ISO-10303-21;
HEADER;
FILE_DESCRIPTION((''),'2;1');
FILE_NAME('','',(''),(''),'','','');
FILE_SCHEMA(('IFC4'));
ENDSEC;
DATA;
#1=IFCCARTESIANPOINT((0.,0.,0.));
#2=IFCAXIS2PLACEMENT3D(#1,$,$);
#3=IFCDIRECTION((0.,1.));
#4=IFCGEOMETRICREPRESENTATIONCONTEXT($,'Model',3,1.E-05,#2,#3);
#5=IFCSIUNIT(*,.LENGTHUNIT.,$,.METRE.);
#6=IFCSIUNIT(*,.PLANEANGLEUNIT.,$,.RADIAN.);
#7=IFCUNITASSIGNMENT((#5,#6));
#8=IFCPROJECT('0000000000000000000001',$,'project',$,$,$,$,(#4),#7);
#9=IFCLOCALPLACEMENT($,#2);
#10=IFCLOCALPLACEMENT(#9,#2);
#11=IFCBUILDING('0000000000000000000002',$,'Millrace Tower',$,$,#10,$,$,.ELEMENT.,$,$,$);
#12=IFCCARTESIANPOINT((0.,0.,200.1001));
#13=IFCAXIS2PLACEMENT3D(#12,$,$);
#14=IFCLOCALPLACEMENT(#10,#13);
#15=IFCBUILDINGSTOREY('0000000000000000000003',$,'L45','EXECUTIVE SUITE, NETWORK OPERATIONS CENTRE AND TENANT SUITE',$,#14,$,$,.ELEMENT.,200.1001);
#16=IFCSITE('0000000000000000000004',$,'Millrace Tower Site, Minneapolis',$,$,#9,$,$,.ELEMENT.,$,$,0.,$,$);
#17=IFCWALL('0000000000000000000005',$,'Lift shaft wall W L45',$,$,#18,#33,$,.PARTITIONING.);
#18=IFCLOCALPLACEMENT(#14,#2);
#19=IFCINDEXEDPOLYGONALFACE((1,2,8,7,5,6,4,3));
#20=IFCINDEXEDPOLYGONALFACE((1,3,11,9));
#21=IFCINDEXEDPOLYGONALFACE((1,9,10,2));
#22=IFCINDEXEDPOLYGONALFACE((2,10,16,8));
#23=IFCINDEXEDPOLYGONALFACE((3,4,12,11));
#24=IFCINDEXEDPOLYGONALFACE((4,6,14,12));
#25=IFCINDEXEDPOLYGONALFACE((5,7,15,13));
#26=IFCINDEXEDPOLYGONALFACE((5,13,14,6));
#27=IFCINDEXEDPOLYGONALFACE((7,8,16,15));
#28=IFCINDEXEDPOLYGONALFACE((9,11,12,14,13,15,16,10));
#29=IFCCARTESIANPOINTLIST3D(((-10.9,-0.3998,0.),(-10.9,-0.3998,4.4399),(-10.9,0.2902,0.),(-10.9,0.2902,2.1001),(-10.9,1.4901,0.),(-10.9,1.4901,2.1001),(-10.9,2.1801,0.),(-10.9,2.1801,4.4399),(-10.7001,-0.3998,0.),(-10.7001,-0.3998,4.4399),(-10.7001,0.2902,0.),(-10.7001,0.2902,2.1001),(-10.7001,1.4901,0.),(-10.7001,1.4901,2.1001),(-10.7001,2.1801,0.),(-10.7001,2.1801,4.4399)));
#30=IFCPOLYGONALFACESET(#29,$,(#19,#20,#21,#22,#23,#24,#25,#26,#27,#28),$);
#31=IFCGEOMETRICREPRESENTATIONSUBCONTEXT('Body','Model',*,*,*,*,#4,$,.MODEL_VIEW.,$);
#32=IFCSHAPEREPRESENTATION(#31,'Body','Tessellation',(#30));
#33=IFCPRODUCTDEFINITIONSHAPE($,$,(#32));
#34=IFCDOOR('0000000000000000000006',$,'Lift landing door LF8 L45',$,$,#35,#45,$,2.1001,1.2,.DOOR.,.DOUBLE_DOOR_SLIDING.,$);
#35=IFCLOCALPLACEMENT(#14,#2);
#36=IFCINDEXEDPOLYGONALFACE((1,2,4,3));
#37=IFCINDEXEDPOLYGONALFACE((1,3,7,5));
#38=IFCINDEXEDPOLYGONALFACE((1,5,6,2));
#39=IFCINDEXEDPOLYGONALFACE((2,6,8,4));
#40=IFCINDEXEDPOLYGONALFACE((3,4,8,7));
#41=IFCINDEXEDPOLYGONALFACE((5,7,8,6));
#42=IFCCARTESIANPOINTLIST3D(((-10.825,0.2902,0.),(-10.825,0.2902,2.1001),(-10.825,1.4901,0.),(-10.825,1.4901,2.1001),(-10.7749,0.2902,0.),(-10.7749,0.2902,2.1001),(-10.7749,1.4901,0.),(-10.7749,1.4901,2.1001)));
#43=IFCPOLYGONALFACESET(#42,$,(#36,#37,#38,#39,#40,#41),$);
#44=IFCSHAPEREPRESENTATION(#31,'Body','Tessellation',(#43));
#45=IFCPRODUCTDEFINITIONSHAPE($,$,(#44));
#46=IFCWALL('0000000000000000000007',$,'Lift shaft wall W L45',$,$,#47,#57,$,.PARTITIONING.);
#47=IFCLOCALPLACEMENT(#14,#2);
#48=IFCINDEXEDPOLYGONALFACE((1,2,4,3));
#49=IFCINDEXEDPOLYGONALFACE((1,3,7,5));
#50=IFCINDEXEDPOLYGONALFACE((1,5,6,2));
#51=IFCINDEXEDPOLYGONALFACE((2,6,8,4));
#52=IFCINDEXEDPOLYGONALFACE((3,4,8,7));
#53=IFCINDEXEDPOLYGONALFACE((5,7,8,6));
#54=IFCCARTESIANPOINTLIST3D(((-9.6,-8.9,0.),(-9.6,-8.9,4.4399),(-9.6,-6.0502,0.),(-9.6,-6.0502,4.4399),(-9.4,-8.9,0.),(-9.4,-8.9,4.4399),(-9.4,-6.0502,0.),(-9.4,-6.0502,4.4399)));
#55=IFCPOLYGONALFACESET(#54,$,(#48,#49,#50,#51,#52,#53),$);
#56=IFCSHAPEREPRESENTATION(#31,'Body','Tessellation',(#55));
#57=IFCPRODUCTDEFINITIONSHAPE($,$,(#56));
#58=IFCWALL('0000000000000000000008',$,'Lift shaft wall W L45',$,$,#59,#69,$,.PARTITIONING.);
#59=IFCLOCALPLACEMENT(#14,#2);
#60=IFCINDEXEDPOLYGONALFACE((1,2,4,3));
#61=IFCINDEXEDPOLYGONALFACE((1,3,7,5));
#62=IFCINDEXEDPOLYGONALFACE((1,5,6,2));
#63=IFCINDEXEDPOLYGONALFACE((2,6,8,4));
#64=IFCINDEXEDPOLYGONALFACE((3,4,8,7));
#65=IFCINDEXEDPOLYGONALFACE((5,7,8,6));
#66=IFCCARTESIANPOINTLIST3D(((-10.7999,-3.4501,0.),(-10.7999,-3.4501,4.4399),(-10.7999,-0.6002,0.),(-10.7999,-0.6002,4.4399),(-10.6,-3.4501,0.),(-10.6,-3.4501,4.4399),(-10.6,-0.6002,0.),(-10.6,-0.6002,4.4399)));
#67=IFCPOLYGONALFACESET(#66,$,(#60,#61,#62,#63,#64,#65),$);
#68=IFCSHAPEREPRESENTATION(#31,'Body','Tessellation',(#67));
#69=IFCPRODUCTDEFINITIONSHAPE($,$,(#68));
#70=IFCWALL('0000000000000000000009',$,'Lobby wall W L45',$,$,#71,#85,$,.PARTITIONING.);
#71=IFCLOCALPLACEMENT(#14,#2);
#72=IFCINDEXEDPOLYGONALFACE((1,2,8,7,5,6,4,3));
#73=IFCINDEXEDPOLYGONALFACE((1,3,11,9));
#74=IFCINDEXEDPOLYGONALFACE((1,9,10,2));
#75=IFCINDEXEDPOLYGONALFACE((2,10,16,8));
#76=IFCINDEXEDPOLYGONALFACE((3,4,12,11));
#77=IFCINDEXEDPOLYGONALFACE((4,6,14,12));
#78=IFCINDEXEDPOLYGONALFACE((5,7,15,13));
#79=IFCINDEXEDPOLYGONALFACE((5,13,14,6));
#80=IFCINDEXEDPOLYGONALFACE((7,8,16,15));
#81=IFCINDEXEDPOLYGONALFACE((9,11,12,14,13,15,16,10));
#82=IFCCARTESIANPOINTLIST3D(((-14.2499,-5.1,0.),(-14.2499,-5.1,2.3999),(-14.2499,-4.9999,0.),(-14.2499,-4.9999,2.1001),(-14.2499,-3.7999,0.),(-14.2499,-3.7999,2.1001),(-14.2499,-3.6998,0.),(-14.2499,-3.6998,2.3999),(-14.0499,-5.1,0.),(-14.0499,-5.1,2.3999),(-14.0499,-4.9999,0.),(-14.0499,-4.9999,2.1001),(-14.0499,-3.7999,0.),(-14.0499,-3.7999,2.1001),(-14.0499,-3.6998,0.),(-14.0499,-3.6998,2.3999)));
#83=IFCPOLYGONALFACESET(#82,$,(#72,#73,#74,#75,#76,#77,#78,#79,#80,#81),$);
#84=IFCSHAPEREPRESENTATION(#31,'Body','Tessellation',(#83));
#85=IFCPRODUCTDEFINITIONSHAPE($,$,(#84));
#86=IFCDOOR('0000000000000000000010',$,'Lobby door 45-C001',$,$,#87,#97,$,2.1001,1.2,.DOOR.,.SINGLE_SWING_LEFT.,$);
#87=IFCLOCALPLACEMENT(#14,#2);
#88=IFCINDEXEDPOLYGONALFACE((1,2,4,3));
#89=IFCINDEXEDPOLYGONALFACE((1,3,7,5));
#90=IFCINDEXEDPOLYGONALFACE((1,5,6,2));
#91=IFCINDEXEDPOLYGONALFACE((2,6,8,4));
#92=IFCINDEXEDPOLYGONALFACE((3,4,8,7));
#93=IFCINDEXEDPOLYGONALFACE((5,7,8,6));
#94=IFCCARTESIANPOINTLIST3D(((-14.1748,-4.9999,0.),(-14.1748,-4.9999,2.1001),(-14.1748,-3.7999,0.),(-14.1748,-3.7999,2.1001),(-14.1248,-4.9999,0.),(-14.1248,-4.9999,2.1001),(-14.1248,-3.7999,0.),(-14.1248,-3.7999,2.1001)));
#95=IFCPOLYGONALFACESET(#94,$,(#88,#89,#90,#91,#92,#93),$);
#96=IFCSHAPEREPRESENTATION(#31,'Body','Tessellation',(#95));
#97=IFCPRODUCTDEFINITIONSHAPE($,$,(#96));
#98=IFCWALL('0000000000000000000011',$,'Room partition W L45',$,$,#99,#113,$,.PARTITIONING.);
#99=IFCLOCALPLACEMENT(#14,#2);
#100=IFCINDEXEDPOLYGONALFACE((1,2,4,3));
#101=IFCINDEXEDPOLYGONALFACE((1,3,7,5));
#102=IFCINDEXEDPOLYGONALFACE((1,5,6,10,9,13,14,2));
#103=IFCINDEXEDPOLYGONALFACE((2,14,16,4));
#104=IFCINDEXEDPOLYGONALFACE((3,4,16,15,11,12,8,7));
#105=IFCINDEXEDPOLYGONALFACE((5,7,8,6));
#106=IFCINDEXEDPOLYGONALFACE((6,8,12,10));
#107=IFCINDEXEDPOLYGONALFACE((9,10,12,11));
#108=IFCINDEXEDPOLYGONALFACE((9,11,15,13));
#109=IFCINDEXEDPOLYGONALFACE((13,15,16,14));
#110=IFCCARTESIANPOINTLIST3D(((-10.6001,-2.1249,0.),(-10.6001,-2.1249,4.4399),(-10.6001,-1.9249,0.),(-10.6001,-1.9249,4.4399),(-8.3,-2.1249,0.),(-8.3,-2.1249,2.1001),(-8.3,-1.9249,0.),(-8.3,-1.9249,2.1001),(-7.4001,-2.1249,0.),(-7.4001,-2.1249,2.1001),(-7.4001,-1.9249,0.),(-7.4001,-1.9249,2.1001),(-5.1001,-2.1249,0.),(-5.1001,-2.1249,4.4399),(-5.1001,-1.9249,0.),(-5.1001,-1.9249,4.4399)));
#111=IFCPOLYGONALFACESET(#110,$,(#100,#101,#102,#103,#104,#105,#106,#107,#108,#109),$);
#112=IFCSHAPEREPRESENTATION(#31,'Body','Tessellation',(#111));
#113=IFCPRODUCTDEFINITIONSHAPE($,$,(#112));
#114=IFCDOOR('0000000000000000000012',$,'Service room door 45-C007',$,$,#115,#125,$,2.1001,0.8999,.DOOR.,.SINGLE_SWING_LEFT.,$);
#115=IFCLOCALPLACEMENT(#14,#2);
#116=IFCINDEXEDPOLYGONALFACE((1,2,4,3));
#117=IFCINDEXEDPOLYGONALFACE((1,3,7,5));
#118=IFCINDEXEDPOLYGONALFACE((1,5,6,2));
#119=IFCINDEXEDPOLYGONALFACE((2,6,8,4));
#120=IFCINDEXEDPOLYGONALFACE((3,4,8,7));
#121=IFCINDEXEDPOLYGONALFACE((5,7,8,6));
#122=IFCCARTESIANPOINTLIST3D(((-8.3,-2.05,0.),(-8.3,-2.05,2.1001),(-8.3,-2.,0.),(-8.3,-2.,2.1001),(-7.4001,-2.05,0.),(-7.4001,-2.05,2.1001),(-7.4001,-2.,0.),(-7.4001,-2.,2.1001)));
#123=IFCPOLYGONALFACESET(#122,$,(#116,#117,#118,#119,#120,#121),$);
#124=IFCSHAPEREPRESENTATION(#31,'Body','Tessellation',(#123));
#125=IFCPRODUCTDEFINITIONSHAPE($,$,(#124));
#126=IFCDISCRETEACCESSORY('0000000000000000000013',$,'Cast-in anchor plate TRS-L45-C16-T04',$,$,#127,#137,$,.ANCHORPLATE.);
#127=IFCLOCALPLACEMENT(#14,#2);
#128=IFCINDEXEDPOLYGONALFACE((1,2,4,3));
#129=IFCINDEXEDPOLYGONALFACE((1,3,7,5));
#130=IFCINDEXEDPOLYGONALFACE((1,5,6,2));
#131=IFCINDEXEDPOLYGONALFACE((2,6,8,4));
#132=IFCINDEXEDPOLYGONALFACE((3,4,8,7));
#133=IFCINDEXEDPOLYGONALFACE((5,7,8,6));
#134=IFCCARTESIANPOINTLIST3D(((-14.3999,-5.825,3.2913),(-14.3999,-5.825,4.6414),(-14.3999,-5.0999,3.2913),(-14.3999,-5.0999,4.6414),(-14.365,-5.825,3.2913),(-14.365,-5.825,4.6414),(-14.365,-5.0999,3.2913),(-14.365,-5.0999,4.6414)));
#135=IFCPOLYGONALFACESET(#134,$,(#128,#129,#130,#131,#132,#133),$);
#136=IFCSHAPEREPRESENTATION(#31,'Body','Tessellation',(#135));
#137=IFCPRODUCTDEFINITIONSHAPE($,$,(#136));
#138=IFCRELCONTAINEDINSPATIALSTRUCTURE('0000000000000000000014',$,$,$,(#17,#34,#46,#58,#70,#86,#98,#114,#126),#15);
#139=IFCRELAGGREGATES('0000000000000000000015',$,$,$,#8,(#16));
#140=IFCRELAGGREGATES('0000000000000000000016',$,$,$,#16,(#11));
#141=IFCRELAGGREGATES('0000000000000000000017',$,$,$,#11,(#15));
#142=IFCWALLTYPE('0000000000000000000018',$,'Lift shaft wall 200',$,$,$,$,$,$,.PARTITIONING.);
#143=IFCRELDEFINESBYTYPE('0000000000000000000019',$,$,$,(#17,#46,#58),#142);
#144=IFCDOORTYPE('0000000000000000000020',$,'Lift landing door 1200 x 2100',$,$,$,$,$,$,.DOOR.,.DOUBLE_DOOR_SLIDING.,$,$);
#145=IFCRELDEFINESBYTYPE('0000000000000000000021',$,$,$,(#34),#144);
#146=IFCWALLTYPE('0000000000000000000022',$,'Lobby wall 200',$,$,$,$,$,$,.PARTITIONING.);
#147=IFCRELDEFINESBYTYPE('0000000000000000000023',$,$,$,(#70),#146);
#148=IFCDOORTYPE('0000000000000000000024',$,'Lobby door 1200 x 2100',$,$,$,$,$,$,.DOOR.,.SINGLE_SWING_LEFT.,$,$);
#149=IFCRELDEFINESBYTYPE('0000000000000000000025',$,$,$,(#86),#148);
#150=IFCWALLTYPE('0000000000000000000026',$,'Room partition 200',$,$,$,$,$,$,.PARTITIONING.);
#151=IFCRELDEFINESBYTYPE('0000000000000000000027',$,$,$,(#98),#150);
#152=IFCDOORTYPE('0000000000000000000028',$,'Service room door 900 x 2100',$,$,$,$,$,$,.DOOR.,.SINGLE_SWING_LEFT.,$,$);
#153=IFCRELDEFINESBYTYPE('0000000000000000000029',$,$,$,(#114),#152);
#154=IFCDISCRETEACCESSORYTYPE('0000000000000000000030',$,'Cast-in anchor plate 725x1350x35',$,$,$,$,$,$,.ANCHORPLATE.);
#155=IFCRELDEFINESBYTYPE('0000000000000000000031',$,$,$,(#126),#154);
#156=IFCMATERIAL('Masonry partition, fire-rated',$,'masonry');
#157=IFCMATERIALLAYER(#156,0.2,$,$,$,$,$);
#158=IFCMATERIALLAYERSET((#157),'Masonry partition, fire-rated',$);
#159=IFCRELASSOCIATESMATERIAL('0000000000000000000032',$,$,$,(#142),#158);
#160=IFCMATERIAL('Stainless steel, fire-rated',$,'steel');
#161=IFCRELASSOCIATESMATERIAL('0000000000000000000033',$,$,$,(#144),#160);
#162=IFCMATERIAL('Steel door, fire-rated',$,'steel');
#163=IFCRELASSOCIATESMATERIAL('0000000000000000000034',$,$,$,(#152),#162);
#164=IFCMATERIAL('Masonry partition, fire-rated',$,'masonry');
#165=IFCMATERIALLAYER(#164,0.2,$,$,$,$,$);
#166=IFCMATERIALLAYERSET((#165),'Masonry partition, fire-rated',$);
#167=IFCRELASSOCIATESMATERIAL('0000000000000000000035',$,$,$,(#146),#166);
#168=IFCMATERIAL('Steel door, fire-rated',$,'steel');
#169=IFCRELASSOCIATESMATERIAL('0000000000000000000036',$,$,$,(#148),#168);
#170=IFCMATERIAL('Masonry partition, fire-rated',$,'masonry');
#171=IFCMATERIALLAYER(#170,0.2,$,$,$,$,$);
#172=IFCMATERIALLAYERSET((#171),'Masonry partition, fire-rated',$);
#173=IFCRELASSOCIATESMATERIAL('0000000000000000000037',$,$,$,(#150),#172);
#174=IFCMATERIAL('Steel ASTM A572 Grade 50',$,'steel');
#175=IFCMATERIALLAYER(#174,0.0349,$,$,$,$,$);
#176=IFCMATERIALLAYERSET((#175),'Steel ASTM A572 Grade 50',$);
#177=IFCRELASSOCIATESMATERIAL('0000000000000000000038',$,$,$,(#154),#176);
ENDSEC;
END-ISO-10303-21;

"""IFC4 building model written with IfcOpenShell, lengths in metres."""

from ifc_helpers import new_model, si_unit, direction, frame, frame_2d, origin, origin_2d, place, context, subcontext, project, spatial, rectangle, extrude, material, layer, layer_set, type_object, element, fill, save


model = new_model("IFC4")

# Units and contexts
model_context = context("Model", 3, precision=1e-05, world=origin(), true_north=direction((0.0, 1.0)))
body_context = subcontext(model_context, "Body", "Model", "MODEL_VIEW")
ifc_project = project(units=[si_unit("LENGTHUNIT", "METRE"), si_unit("PLANEANGLEUNIT", "RADIAN")], contexts=[model_context])

# Site, building, storey
site_placement = place(None, origin())
site = spatial("IfcSite", under=ifc_project, at=site_placement, Name="Millrace Tower Site, Minneapolis", CompositionType="ELEMENT", RefElevation=0.0)
building_placement = place(site_placement, origin())
building = spatial("IfcBuilding", under=site, at=building_placement, Name="Millrace Tower", CompositionType="ELEMENT")
storey_placement = place(building_placement, frame((0.0, 0.0, 200.1001)))
storey = spatial("IfcBuildingStorey", under=building, at=storey_placement, Name="L45", Description="EXECUTIVE SUITE, NETWORK OPERATIONS CENTRE AND TENANT SUITE", CompositionType="ELEMENT", Elevation=200.1001)

# Shared definitions
ifc_material_1 = material(Name="Masonry partition, fire-rated", Category="masonry")
ifc_layer_1 = layer(ifc_material_1, 0.2)
ifc_layer_set_1 = layer_set([ifc_layer_1], Name="Masonry partition, fire-rated")
wall_type_1 = type_object("IfcWallType", Name="Lift shaft wall 200", PredefinedType="PARTITIONING", material=ifc_layer_set_1)
ifc_material_2 = material(Name="Stainless steel, fire-rated", Category="steel")
door_type_1 = type_object("IfcDoorType", Name="Lift landing door 1200 x 2100", OperationType="DOUBLE_DOOR_SLIDING", PredefinedType="DOOR", material=ifc_material_2)
ifc_material_3 = material(Name="Steel door, fire-rated", Category="steel")
door_type_2 = type_object("IfcDoorType", Name="Service room door 900 x 2100", OperationType="SINGLE_SWING_LEFT", PredefinedType="DOOR", material=ifc_material_3)

# Wall, opening, door
wall_1_placement = place(storey_placement, frame((-10.8, -0.3999, 0.0), z_axis=(0.0, 0.0, 1.0), x_axis=(0.0, 1.0, 0.0)))
wall_1 = element("IfcWall", 1, at=wall_1_placement, inside=storey, type_object=wall_type_1, Name="Lift shaft wall W L45", PredefinedType="PARTITIONING", context=body_context, shape_type="SweptSolid", body=[
    extrude(rectangle(XDim=2.5798, YDim=0.2, at=frame_2d((1.29, 0.0))), origin(), (0.0, 0.0, 1.0), 4.4399),
])
opening_1_placement = place(wall_1_placement, frame((0.6899, 0.0, 0.0)))
opening_1 = element("IfcOpeningElement", 2, at=opening_1_placement, cuts=wall_1, PredefinedType="OPENING", context=body_context, shape_type="SweptSolid", body=[
    extrude(rectangle(XDim=1.2, YDim=2.1001, at=frame_2d((0.6001, 1.05))), frame((0.0, 0.1099, 0.0), z_axis=(0.0, -1.0, 0.0), x_axis=(1.0, 0.0, 0.0)), (0.0, 0.0, 1.0), 0.22),
])
door_1_placement = place(opening_1_placement, origin())
door_1 = element("IfcDoor", 3, at=door_1_placement, inside=storey, type_object=door_type_1, Name="Lift landing door LF8 L45", OperationType="DOUBLE_DOOR_SLIDING", OverallHeight=2.1001, OverallWidth=1.2, PredefinedType="DOOR", context=body_context, shape_type="SweptSolid", body=[
    extrude(rectangle(XDim=1.2, YDim=2.1001, at=frame_2d((0.6001, 1.05))), frame((0.0, 0.0249, 0.0), z_axis=(0.0, -1.0, 0.0), x_axis=(1.0, 0.0, 0.0)), (0.0, 0.0, 1.0), 0.05),
])
fill(opening_1, door_1)

# Walls
for number, where, z_axis, x_axis, name in (
    (4, (-9.5, -8.8999, 0.0), (0.0, 0.0, 1.0), (0.0, 1.0, 0.0), "Lift shaft wall W L45"),
    (5, (-10.7, -3.45, 0.0), (0.0, 0.0, 1.0), (0.0, 1.0, 0.0), "Lift shaft wall W L45"),
):
    element("IfcWall", number, at=place(storey_placement, frame(where, z_axis=z_axis, x_axis=x_axis)), inside=storey, type_object=wall_type_1, Name=name, PredefinedType="PARTITIONING", context=body_context, shape_type="SweptSolid", body=[
        extrude(rectangle(XDim=2.8499, YDim=0.2, at=frame_2d((1.4248, 0.0))), origin(), (0.0, 0.0, 1.0), 4.4399),
    ])

# Walls, openings, doors
ifc_material_4 = material(Name="Masonry partition, fire-rated", Category="masonry")
ifc_layer_2 = layer(ifc_material_4, 0.2)
ifc_layer_set_2 = layer_set([ifc_layer_2], Name="Masonry partition, fire-rated")
wall_type_2 = type_object("IfcWallType", Name="Lobby wall 200", PredefinedType="PARTITIONING", material=ifc_layer_set_2)
wall_2_placement = place(storey_placement, frame((-14.1499, -5.1001, 0.0), z_axis=(0.0, 0.0, 1.0), x_axis=(0.0, 1.0, 0.0)))
wall_2 = element("IfcWall", 6, at=wall_2_placement, inside=storey, type_object=wall_type_2, Name="Lobby wall W L45", PredefinedType="PARTITIONING", context=body_context, shape_type="SweptSolid", body=[
    extrude(rectangle(XDim=1.4001, YDim=0.2, at=frame_2d((0.7002, 0.0))), origin(), (0.0, 0.0, 1.0), 2.3999),
])
opening_2_placement = place(wall_2_placement, frame((0.1001, 0.0, 0.0)))
opening_2 = element("IfcOpeningElement", 7, at=opening_2_placement, cuts=wall_2, PredefinedType="OPENING", context=body_context, shape_type="SweptSolid", body=[
    extrude(rectangle(XDim=1.2, YDim=2.1001, at=frame_2d((0.6001, 1.05))), frame((0.0, 0.1099, 0.0), z_axis=(0.0, -1.0, 0.0), x_axis=(1.0, 0.0, 0.0)), (0.0, 0.0, 1.0), 0.22),
])
ifc_material_5 = material(Name="Steel door, fire-rated", Category="steel")
door_type_3 = type_object("IfcDoorType", Name="Lobby door 1200 x 2100", OperationType="SINGLE_SWING_LEFT", PredefinedType="DOOR", material=ifc_material_5)
door_2_placement = place(opening_2_placement, origin())
door_2 = element("IfcDoor", 8, at=door_2_placement, inside=storey, type_object=door_type_3, Name="Lobby door 45-C001", OperationType="SINGLE_SWING_LEFT", OverallHeight=2.1001, OverallWidth=1.2, PredefinedType="DOOR", context=body_context, shape_type="SweptSolid", body=[
    extrude(rectangle(XDim=1.2, YDim=2.1001, at=frame_2d((0.6001, 1.05))), frame((0.0, 0.0249, 0.0), z_axis=(0.0, -1.0, 0.0), x_axis=(1.0, 0.0, 0.0)), (0.0, 0.0, 1.0), 0.05),
])
fill(opening_2, door_2)
ifc_material_6 = material(Name="Masonry partition, fire-rated", Category="masonry")
ifc_layer_3 = layer(ifc_material_6, 0.2)
ifc_layer_set_3 = layer_set([ifc_layer_3], Name="Masonry partition, fire-rated")
wall_type_3 = type_object("IfcWallType", Name="Room partition 200", PredefinedType="PARTITIONING", material=ifc_layer_set_3)
wall_3_placement = place(storey_placement, frame((-10.6001, -2.0249, 0.0), z_axis=(0.0, 0.0, 1.0), x_axis=(1.0, 0.0, 0.0)))
wall_3 = element("IfcWall", 9, at=wall_3_placement, inside=storey, type_object=wall_type_3, Name="Room partition W L45", PredefinedType="PARTITIONING", context=body_context, shape_type="SweptSolid", body=[
    extrude(rectangle(XDim=5.5, YDim=0.2, at=frame_2d((2.75, 0.0))), origin(), (0.0, 0.0, 1.0), 4.4399),
])
opening_3_placement = place(wall_3_placement, frame((2.3, 0.0, 0.0)))
opening_3 = element("IfcOpeningElement", 10, at=opening_3_placement, cuts=wall_3, PredefinedType="OPENING", context=body_context, shape_type="SweptSolid", body=[
    extrude(rectangle(XDim=0.8999, YDim=2.1001, at=frame_2d((0.45, 1.05))), frame((0.0, 0.1099, 0.0), z_axis=(0.0, -1.0, 0.0), x_axis=(1.0, 0.0, 0.0)), (0.0, 0.0, 1.0), 0.22),
])
door_3_placement = place(opening_3_placement, origin())
door_3 = element("IfcDoor", 11, at=door_3_placement, inside=storey, type_object=door_type_2, Name="Service room door 45-C007", OperationType="SINGLE_SWING_LEFT", OverallHeight=2.1001, OverallWidth=0.8999, PredefinedType="DOOR", context=body_context, shape_type="SweptSolid", body=[
    extrude(rectangle(XDim=0.8999, YDim=2.1001, at=frame_2d((0.45, 1.05))), frame((0.0, 0.0249, 0.0), z_axis=(0.0, -1.0, 0.0), x_axis=(1.0, 0.0, 0.0)), (0.0, 0.0, 1.0), 0.05),
])
fill(opening_3, door_3)

# Discrete accessory
ifc_material_7 = material(Name="Steel ASTM A572 Grade 50", Category="steel")
ifc_layer_4 = layer(ifc_material_7, 0.0349)
ifc_layer_set_4 = layer_set([ifc_layer_4], Name="Steel ASTM A572 Grade 50")
discrete_accessory_type = type_object("IfcDiscreteAccessoryType", Name="Cast-in anchor plate 725x1350x35", PredefinedType="ANCHORPLATE", material=ifc_layer_set_4)
discrete_accessory_placement = place(storey_placement, frame((-14.365, -5.4624, 3.9663), z_axis=(-1.0, 0.0, 0.0), x_axis=(0.0, -1.0, 0.0)))
element("IfcDiscreteAccessory", 12, at=discrete_accessory_placement, inside=storey, type_object=discrete_accessory_type, Name="Cast-in anchor plate TRS-L45-C16-T04", PredefinedType="ANCHORPLATE", context=body_context, shape_type="SweptSolid", body=[
    extrude(rectangle(XDim=0.7251, YDim=1.3501, at=origin_2d()), origin(), (0.0, 0.0, 1.0), 0.0349),
])

save(model, "model.ifc")
